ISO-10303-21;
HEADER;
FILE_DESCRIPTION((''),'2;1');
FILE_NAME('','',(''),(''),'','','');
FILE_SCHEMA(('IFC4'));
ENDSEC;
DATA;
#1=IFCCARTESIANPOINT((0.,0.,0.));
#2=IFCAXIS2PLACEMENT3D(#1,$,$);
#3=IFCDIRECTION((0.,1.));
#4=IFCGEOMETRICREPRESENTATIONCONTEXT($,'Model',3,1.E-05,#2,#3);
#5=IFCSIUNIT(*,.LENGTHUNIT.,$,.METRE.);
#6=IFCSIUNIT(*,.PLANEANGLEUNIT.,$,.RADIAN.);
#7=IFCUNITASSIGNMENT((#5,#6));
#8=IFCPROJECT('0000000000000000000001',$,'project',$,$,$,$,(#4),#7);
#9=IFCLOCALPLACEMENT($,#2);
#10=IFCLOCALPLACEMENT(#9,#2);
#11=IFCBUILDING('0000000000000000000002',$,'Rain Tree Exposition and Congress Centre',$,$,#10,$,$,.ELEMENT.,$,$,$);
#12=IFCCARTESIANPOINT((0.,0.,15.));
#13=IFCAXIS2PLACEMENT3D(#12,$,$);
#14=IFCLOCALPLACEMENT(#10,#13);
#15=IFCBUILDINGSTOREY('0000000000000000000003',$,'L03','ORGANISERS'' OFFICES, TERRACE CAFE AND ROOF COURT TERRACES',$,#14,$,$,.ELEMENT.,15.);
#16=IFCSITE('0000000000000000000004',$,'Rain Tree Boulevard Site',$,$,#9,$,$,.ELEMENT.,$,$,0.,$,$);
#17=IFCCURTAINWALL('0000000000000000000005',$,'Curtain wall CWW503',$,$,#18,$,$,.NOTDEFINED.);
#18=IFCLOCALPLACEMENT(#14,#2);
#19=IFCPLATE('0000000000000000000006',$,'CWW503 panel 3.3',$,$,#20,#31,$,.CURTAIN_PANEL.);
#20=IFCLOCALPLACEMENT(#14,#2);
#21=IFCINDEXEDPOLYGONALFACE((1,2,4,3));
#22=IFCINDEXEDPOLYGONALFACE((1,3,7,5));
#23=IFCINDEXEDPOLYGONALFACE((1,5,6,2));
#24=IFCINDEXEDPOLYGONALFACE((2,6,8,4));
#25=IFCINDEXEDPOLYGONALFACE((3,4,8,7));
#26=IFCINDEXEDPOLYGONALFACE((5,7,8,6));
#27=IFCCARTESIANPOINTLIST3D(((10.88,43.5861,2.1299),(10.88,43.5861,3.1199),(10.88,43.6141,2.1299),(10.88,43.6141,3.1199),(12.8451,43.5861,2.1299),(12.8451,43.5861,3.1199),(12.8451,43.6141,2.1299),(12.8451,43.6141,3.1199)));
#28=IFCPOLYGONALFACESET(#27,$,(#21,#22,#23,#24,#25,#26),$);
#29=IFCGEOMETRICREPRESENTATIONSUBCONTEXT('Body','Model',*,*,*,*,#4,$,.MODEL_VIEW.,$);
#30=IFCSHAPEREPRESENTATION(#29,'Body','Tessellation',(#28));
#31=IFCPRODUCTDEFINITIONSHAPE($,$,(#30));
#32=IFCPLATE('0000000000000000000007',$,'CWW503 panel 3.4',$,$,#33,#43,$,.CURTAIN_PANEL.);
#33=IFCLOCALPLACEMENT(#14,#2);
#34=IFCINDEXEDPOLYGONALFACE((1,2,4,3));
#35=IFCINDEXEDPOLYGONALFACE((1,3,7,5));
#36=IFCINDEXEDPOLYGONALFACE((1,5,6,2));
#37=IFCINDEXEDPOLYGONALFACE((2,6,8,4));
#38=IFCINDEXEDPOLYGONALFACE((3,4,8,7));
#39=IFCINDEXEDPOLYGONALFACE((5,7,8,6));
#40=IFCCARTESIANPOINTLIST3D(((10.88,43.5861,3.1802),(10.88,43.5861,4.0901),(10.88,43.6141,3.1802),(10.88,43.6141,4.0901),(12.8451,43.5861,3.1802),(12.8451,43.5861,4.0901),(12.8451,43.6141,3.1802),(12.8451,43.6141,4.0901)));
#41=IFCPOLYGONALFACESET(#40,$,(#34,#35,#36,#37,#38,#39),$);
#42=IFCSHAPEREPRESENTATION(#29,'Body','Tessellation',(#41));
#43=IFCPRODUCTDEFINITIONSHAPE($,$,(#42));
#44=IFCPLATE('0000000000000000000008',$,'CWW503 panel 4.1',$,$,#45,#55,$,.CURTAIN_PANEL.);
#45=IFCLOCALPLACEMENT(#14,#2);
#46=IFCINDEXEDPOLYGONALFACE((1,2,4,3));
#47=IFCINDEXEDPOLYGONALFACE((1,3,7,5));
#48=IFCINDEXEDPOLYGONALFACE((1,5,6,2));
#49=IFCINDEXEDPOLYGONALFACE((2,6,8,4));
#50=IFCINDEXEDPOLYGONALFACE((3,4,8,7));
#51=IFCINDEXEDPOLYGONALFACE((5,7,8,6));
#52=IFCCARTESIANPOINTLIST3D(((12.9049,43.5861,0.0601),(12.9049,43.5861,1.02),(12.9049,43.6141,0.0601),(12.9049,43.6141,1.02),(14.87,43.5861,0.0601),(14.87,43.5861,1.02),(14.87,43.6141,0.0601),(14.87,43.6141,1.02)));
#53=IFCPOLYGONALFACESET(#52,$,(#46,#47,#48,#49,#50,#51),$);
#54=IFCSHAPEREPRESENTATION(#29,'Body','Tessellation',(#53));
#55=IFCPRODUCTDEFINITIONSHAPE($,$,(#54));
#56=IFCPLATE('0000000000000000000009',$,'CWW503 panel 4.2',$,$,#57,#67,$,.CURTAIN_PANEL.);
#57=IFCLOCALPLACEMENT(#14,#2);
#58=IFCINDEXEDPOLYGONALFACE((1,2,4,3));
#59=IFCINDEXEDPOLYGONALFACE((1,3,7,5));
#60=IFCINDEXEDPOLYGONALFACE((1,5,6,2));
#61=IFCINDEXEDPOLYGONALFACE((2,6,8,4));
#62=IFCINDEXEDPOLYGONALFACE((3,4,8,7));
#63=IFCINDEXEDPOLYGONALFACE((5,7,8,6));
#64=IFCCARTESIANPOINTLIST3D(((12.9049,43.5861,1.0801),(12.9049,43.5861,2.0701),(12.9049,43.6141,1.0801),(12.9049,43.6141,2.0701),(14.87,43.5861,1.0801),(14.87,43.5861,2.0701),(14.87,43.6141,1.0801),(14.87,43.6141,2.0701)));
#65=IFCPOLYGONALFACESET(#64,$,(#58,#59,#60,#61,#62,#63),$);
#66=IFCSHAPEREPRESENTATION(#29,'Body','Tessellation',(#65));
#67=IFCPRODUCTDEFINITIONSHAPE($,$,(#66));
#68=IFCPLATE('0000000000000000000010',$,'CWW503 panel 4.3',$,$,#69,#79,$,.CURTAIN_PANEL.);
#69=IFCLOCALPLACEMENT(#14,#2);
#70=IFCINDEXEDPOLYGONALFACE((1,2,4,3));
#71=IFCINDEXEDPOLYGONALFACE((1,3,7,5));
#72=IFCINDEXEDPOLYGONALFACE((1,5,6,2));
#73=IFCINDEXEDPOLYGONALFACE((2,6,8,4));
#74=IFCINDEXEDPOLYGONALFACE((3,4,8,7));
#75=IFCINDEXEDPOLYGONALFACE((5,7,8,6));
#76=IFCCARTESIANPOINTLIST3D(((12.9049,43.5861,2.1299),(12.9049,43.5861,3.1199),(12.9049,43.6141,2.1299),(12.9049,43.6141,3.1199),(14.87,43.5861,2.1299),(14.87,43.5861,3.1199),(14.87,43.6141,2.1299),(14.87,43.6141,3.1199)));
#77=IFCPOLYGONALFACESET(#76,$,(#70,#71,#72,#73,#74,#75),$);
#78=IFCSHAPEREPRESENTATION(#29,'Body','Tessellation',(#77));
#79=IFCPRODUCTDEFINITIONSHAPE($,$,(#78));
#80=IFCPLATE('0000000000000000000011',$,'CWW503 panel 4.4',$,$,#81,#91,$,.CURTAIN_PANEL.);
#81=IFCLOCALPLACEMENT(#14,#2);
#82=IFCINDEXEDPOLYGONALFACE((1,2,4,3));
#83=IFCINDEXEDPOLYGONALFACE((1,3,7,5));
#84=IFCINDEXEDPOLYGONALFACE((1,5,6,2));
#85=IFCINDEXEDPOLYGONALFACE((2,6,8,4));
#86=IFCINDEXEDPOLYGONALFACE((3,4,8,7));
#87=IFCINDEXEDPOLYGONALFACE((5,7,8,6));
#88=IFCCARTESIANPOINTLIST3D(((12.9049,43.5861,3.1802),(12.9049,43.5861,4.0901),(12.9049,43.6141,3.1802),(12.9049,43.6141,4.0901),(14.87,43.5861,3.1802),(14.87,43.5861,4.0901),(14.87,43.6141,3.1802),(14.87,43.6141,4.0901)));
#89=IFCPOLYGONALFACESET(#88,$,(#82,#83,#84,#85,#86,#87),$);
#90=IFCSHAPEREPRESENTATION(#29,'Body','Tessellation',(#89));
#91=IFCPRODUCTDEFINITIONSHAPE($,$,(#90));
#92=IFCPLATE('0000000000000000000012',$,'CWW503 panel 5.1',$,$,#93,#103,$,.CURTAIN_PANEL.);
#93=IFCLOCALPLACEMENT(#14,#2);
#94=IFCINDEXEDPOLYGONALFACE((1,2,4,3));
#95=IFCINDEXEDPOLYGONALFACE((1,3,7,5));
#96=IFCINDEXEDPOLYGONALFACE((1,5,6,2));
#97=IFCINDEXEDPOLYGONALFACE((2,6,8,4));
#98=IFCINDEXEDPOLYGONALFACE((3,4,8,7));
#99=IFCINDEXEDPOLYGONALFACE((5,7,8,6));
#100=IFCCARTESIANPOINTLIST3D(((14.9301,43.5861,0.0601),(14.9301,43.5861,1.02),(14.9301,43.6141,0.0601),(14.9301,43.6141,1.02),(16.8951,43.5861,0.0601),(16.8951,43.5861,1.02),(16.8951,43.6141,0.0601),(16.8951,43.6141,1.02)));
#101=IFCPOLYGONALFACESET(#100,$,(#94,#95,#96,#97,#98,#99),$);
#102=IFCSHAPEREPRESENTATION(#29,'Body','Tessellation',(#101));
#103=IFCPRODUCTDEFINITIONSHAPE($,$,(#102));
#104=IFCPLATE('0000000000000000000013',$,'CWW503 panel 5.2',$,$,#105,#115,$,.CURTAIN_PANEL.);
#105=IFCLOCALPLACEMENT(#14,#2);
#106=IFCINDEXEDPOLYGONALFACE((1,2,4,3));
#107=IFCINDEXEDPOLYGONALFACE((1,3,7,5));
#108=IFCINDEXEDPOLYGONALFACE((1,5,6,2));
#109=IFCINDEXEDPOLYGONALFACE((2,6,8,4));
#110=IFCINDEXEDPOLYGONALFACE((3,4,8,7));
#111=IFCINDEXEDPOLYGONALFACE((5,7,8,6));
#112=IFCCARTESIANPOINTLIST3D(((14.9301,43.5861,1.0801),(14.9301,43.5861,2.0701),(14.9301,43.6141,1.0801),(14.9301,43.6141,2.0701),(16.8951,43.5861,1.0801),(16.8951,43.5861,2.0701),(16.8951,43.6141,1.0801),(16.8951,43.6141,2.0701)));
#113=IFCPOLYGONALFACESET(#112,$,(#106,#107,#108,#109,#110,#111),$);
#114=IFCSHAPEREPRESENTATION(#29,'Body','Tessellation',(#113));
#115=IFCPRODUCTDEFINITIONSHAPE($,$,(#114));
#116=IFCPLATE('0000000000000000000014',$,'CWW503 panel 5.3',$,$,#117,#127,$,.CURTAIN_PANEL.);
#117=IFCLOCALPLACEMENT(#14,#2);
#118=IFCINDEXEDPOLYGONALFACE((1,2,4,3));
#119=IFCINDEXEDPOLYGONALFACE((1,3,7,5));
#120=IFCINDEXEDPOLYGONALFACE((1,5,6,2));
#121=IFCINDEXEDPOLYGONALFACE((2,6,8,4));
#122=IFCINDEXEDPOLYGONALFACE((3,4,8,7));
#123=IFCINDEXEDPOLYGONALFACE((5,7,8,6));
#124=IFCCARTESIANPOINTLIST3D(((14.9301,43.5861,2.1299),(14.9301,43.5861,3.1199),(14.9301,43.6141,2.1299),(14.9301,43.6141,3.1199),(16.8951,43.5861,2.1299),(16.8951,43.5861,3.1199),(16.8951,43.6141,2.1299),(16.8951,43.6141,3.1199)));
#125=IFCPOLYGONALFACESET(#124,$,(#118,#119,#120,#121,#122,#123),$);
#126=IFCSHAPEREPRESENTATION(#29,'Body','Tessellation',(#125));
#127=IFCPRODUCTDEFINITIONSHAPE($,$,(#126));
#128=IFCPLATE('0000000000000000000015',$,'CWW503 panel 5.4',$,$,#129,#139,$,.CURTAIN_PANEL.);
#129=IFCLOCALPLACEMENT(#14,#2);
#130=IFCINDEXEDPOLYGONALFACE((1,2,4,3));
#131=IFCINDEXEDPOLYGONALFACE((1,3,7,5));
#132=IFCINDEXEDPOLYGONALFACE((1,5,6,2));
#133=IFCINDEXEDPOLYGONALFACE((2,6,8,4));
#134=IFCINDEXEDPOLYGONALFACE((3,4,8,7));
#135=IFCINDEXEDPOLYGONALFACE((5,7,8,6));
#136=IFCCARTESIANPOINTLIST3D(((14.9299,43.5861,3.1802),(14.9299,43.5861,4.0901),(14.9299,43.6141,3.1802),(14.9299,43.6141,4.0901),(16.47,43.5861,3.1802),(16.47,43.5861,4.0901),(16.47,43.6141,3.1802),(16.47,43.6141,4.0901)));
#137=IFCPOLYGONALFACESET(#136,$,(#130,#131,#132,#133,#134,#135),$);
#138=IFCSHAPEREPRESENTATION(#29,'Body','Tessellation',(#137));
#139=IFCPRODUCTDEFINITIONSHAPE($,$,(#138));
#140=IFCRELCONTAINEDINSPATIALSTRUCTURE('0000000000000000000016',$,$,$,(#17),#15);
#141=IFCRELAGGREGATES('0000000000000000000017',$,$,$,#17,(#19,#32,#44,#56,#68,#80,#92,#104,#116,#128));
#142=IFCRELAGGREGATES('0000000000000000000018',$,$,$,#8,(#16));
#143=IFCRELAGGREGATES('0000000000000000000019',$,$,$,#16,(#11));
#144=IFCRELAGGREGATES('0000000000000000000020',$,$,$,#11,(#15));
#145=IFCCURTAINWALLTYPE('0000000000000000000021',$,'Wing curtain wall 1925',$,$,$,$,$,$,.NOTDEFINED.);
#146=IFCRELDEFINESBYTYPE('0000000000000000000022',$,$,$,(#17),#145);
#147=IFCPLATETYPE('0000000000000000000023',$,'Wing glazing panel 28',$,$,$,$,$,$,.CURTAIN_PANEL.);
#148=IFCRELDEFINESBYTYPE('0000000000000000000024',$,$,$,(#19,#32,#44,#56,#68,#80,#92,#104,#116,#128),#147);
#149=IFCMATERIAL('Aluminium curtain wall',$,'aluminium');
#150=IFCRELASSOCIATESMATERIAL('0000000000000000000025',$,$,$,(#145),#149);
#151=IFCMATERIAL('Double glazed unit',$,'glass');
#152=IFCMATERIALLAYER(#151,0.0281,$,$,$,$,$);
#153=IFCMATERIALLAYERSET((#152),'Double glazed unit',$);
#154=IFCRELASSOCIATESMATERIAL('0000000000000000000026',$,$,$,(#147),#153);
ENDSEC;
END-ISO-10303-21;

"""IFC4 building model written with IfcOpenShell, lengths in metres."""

from ifc_helpers import new_model, si_unit, direction, frame, origin, origin_2d, place, context, subcontext, project, spatial, rectangle, extrude, material, layer, layer_set, type_object, element, aggregate, save


model = new_model("IFC4")

# Units and contexts
model_context = context("Model", 3, precision=1e-05, world=origin(), true_north=direction((0.0, 1.0)))
body_context = subcontext(model_context, "Body", "Model", "MODEL_VIEW")
ifc_project = project(units=[si_unit("LENGTHUNIT", "METRE"), si_unit("PLANEANGLEUNIT", "RADIAN")], contexts=[model_context])

# Site, building, storey
site_placement = place(None, origin())
site = spatial("IfcSite", under=ifc_project, at=site_placement, Name="Rain Tree Boulevard Site", CompositionType="ELEMENT", RefElevation=0.0)
building_placement = place(site_placement, origin())
building = spatial("IfcBuilding", under=site, at=building_placement, Name="Rain Tree Exposition and Congress Centre", CompositionType="ELEMENT")
storey_placement = place(building_placement, frame((0.0, 0.0, 15.0)))
storey = spatial("IfcBuildingStorey", under=building, at=storey_placement, Name="L03", Description="ORGANISERS' OFFICES, TERRACE CAFE AND ROOF COURT TERRACES", CompositionType="ELEMENT", Elevation=15.0)

# Curtain wall, plates
ifc_material_1 = material(Name="Aluminium curtain wall", Category="aluminium")
curtain_wall_type = type_object("IfcCurtainWallType", Name="Wing curtain wall 1925", PredefinedType="NOTDEFINED", material=ifc_material_1)
curtain_wall_placement = place(storey_placement, origin())
curtain_wall = element("IfcCurtainWall", 1, at=curtain_wall_placement, inside=storey, type_object=curtain_wall_type, Name="Curtain wall CWW503", PredefinedType="NOTDEFINED")
ifc_material_2 = material(Name="Double glazed unit", Category="glass")
ifc_layer_1 = layer(ifc_material_2, 0.0281)
ifc_layer_set_1 = layer_set([ifc_layer_1], Name="Double glazed unit")
plate_type = type_object("IfcPlateType", Name="Wing glazing panel 28", PredefinedType="CURTAIN_PANEL", material=ifc_layer_set_1)
plate_1_placement = place(storey_placement, frame((11.8625, 43.6001, 2.1299), z_axis=(0.0, 0.0, 1.0), x_axis=(1.0, 0.0, 0.0)))
plate_1 = element("IfcPlate", 2, at=plate_1_placement, type_object=plate_type, Name="CWW503 panel 3.3", PredefinedType="CURTAIN_PANEL", context=body_context, shape_type="SweptSolid", body=[
    extrude(rectangle(XDim=1.9651, YDim=0.0281, at=origin_2d()), origin(), (0.0, 0.0, 1.0), 0.99),
])
plate_2_placement = place(storey_placement, frame((11.8625, 43.6001, 3.1802), z_axis=(0.0, 0.0, 1.0), x_axis=(1.0, 0.0, 0.0)))
plate_2 = element("IfcPlate", 3, at=plate_2_placement, type_object=plate_type, Name="CWW503 panel 3.4", PredefinedType="CURTAIN_PANEL", context=body_context, shape_type="SweptSolid", body=[
    extrude(rectangle(XDim=1.9651, YDim=0.0281, at=origin_2d()), origin(), (0.0, 0.0, 1.0), 0.9099),
])
plate_3_placement = place(storey_placement, frame((13.8875, 43.6001, 0.0601), z_axis=(0.0, 0.0, 1.0), x_axis=(1.0, 0.0, 0.0)))
plate_3 = element("IfcPlate", 4, at=plate_3_placement, type_object=plate_type, Name="CWW503 panel 4.1", PredefinedType="CURTAIN_PANEL", context=body_context, shape_type="SweptSolid", body=[
    extrude(rectangle(XDim=1.9651, YDim=0.0281, at=origin_2d()), origin(), (0.0, 0.0, 1.0), 0.96),
])
plate_4_placement = place(storey_placement, frame((13.8875, 43.6001, 1.0801), z_axis=(0.0, 0.0, 1.0), x_axis=(1.0, 0.0, 0.0)))
plate_4 = element("IfcPlate", 5, at=plate_4_placement, type_object=plate_type, Name="CWW503 panel 4.2", PredefinedType="CURTAIN_PANEL", context=body_context, shape_type="SweptSolid", body=[
    extrude(rectangle(XDim=1.9651, YDim=0.0281, at=origin_2d()), origin(), (0.0, 0.0, 1.0), 0.99),
])
plate_5_placement = place(storey_placement, frame((13.8875, 43.6001, 2.1299), z_axis=(0.0, 0.0, 1.0), x_axis=(1.0, 0.0, 0.0)))
plate_5 = element("IfcPlate", 6, at=plate_5_placement, type_object=plate_type, Name="CWW503 panel 4.3", PredefinedType="CURTAIN_PANEL", context=body_context, shape_type="SweptSolid", body=[
    extrude(rectangle(XDim=1.9651, YDim=0.0281, at=origin_2d()), origin(), (0.0, 0.0, 1.0), 0.99),
])
plate_6_placement = place(storey_placement, frame((13.8875, 43.6001, 3.1802), z_axis=(0.0, 0.0, 1.0), x_axis=(1.0, 0.0, 0.0)))
plate_6 = element("IfcPlate", 7, at=plate_6_placement, type_object=plate_type, Name="CWW503 panel 4.4", PredefinedType="CURTAIN_PANEL", context=body_context, shape_type="SweptSolid", body=[
    extrude(rectangle(XDim=1.9651, YDim=0.0281, at=origin_2d()), origin(), (0.0, 0.0, 1.0), 0.9099),
])
plate_7_placement = place(storey_placement, frame((15.9126, 43.6001, 0.0601), z_axis=(0.0, 0.0, 1.0), x_axis=(1.0, 0.0, 0.0)))
plate_7 = element("IfcPlate", 8, at=plate_7_placement, type_object=plate_type, Name="CWW503 panel 5.1", PredefinedType="CURTAIN_PANEL", context=body_context, shape_type="SweptSolid", body=[
    extrude(rectangle(XDim=1.9651, YDim=0.0281, at=origin_2d()), origin(), (0.0, 0.0, 1.0), 0.96),
])
plate_8_placement = place(storey_placement, frame((15.9126, 43.6001, 1.0801), z_axis=(0.0, 0.0, 1.0), x_axis=(1.0, 0.0, 0.0)))
plate_8 = element("IfcPlate", 9, at=plate_8_placement, type_object=plate_type, Name="CWW503 panel 5.2", PredefinedType="CURTAIN_PANEL", context=body_context, shape_type="SweptSolid", body=[
    extrude(rectangle(XDim=1.9651, YDim=0.0281, at=origin_2d()), origin(), (0.0, 0.0, 1.0), 0.99),
])
plate_9_placement = place(storey_placement, frame((15.9126, 43.6001, 2.1299), z_axis=(0.0, 0.0, 1.0), x_axis=(1.0, 0.0, 0.0)))
plate_9 = element("IfcPlate", 10, at=plate_9_placement, type_object=plate_type, Name="CWW503 panel 5.3", PredefinedType="CURTAIN_PANEL", context=body_context, shape_type="SweptSolid", body=[
    extrude(rectangle(XDim=1.9651, YDim=0.0281, at=origin_2d()), origin(), (0.0, 0.0, 1.0), 0.99),
])
plate_10_placement = place(storey_placement, frame((15.7, 43.6001, 3.1802), z_axis=(0.0, 0.0, 1.0), x_axis=(1.0, 0.0, 0.0)))
plate_10 = element("IfcPlate", 11, at=plate_10_placement, type_object=plate_type, Name="CWW503 panel 5.4", PredefinedType="CURTAIN_PANEL", context=body_context, shape_type="SweptSolid", body=[
    extrude(rectangle(XDim=1.54, YDim=0.0281, at=origin_2d()), origin(), (0.0, 0.0, 1.0), 0.9099),
])
aggregate(curtain_wall, [plate_1, plate_2, plate_3, plate_4, plate_5, plate_6, plate_7, plate_8, plate_9, plate_10])

save(model, "model.ifc")
